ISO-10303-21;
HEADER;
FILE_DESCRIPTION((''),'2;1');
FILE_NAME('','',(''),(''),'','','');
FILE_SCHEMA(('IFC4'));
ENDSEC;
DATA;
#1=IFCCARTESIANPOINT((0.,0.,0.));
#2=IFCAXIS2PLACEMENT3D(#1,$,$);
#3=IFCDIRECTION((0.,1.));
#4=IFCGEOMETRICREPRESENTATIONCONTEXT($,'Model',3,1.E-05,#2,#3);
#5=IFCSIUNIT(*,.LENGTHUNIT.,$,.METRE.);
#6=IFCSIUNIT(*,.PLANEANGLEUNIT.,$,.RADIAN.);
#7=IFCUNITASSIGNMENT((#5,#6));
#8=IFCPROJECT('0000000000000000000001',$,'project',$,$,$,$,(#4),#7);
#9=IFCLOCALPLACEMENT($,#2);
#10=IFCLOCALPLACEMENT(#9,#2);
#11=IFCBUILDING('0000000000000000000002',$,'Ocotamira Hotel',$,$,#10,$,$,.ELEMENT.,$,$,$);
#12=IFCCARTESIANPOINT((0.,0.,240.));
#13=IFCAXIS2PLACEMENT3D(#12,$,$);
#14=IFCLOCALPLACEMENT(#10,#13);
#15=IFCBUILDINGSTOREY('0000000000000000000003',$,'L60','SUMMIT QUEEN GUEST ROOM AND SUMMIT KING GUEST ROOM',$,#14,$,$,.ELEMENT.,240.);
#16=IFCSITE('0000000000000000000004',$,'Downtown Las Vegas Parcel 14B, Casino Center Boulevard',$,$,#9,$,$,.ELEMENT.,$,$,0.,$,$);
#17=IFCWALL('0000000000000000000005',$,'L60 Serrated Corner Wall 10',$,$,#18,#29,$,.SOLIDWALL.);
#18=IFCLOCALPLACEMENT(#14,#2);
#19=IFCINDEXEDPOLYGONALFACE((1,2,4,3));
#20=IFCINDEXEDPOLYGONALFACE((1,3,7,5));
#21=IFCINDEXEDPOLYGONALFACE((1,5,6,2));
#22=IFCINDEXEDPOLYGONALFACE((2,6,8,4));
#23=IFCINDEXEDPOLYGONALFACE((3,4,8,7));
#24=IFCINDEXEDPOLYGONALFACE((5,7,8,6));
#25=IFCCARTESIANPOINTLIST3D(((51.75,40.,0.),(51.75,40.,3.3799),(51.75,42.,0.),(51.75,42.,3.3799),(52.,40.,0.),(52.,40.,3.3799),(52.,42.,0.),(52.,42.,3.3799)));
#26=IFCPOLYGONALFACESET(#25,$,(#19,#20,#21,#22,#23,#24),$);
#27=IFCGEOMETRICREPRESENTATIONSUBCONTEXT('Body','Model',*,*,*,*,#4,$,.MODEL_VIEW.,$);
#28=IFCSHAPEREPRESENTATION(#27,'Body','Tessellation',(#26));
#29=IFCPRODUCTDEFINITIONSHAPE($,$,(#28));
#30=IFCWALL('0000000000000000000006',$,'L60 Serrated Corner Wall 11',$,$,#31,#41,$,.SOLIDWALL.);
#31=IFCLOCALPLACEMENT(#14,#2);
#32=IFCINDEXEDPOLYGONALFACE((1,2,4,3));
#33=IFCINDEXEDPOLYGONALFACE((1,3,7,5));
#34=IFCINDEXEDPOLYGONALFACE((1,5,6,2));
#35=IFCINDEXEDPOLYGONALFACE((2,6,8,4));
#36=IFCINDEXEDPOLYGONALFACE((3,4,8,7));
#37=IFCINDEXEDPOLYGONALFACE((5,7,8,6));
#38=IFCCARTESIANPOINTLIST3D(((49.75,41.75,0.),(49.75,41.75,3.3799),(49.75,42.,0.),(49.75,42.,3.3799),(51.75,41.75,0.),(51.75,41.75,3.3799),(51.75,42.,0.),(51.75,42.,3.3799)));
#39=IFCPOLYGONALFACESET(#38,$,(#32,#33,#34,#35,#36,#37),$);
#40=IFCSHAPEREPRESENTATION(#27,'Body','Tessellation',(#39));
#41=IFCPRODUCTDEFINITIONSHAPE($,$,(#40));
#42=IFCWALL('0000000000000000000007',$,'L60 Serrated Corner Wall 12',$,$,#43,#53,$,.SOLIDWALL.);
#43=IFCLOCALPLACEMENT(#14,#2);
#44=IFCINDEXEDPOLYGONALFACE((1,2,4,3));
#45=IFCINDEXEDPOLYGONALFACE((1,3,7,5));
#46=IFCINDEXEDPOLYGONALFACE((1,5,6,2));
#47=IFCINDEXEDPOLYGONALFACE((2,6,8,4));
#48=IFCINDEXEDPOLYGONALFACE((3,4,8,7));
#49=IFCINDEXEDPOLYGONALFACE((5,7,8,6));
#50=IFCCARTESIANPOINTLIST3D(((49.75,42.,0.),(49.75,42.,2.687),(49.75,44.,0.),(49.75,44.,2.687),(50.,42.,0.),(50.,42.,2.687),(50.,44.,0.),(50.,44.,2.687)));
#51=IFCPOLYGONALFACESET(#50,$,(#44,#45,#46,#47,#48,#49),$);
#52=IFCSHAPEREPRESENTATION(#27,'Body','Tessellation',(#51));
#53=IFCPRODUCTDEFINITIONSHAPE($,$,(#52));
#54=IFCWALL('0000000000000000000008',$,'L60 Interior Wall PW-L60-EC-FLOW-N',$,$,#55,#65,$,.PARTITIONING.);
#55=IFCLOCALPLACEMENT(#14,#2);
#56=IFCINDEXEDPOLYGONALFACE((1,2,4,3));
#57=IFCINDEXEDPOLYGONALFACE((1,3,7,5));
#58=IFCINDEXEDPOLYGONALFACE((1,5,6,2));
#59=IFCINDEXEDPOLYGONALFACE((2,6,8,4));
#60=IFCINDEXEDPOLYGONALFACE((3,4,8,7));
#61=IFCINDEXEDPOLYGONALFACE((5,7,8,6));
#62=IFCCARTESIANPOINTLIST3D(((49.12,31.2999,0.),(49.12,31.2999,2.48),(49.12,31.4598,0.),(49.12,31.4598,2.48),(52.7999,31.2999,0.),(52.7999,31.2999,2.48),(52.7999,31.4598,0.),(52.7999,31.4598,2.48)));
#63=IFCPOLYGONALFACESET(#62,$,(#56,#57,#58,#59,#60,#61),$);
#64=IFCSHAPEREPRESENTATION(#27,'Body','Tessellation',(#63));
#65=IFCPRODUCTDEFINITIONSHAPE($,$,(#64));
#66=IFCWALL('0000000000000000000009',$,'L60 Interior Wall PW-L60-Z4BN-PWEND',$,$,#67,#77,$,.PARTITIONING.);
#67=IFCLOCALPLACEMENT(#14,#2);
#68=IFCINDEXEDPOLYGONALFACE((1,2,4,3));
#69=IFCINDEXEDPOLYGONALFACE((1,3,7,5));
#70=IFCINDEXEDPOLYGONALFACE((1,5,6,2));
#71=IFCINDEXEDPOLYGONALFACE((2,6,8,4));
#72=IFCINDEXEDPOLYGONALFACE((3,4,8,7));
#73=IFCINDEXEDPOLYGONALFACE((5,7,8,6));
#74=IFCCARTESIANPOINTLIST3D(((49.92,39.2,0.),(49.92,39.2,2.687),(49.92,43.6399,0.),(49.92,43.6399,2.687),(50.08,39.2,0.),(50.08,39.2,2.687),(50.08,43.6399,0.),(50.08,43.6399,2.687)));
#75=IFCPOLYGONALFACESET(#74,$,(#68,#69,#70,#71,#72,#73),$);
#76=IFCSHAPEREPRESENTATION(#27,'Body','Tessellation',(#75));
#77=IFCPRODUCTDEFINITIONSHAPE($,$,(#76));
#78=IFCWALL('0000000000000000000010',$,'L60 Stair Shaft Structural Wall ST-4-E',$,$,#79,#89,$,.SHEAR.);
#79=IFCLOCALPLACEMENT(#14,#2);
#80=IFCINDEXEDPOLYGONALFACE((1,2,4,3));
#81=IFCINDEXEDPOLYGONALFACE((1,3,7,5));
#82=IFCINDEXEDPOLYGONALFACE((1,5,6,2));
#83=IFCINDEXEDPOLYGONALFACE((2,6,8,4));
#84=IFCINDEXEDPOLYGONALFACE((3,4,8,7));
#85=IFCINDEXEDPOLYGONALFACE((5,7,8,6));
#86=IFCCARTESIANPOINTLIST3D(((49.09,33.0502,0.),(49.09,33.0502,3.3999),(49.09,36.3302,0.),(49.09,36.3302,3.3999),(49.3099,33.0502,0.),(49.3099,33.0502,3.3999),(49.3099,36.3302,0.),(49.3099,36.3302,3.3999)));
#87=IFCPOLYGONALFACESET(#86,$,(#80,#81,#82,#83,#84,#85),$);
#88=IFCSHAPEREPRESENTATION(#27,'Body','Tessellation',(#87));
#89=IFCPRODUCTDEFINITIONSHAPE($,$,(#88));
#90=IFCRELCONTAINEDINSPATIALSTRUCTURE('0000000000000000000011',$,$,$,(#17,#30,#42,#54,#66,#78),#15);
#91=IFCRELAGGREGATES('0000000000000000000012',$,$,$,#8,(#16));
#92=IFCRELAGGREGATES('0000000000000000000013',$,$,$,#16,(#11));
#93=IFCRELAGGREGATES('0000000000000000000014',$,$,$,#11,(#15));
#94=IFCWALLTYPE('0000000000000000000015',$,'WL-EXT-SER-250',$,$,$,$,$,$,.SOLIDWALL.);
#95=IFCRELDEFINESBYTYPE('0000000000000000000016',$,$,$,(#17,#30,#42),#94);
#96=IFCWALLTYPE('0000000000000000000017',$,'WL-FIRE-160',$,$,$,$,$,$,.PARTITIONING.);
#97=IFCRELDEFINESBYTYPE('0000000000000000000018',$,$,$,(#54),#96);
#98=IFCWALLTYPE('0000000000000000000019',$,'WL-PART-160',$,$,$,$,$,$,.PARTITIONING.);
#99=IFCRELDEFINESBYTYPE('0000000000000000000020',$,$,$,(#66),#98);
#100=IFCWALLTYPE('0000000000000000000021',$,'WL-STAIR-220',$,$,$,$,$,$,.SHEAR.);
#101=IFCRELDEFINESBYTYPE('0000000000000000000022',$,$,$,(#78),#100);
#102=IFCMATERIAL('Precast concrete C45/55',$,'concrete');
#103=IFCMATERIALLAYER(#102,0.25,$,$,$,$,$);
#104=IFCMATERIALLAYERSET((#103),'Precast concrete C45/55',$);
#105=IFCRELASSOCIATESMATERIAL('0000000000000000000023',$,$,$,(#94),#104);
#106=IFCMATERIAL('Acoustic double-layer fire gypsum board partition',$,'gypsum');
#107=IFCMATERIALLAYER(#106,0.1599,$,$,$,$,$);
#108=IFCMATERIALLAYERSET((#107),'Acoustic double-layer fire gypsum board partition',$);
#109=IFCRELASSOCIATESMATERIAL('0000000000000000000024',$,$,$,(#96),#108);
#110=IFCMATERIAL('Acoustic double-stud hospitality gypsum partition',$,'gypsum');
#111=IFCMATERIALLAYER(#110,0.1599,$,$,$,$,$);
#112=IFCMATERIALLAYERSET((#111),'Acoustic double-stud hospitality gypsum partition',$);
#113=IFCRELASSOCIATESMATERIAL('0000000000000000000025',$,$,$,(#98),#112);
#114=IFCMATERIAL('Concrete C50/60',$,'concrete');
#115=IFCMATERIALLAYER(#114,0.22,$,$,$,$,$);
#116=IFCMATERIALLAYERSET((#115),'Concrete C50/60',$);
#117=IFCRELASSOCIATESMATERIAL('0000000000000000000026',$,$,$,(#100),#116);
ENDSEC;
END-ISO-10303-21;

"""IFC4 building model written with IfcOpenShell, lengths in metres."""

from ifc_helpers import new_model, si_unit, direction, frame, frame_2d, origin, place, context, subcontext, project, spatial, rectangle, extrude, material, layer, layer_set, type_object, element, save


model = new_model("IFC4")

# Units and contexts
model_context = context("Model", 3, precision=1e-05, world=origin(), true_north=direction((0.0, 1.0)))
body_context = subcontext(model_context, "Body", "Model", "MODEL_VIEW")
ifc_project = project(units=[si_unit("LENGTHUNIT", "METRE"), si_unit("PLANEANGLEUNIT", "RADIAN")], contexts=[model_context])

# Site, building, storey
site_placement = place(None, origin())
site = spatial("IfcSite", under=ifc_project, at=site_placement, Name="Downtown Las Vegas Parcel 14B, Casino Center Boulevard", CompositionType="ELEMENT", RefElevation=0.0)
building_placement = place(site_placement, origin())
building = spatial("IfcBuilding", under=site, at=building_placement, Name="Ocotamira Hotel", CompositionType="ELEMENT")
storey_placement = place(building_placement, frame((0.0, 0.0, 240.0)))
storey = spatial("IfcBuildingStorey", under=building, at=storey_placement, Name="L60", Description="SUMMIT QUEEN GUEST ROOM AND SUMMIT KING GUEST ROOM", CompositionType="ELEMENT", Elevation=240.0)

# Walls
ifc_material_1 = material(Name="Precast concrete C45/55", Category="concrete")
ifc_layer_1 = layer(ifc_material_1, 0.25)
ifc_layer_set_1 = layer_set([ifc_layer_1], Name="Precast concrete C45/55")
wall_type_1 = type_object("IfcWallType", Name="WL-EXT-SER-250", PredefinedType="SOLIDWALL", material=ifc_layer_set_1)
for number, where, z_axis, x_axis, name in (
    (1, (51.875, 40.0, 0.0), (0.0, 0.0, 1.0), (0.0, 1.0, 0.0), "L60 Serrated Corner Wall 10"),
    (2, (51.75, 41.875, 0.0), (0.0, 0.0, 1.0), (-1.0, 0.0, 0.0), "L60 Serrated Corner Wall 11"),
):
    element("IfcWall", number, at=place(storey_placement, frame(where, z_axis=z_axis, x_axis=x_axis)), inside=storey, type_object=wall_type_1, Name=name, PredefinedType="SOLIDWALL", context=body_context, shape_type="SweptSolid", body=[
        extrude(rectangle(XDim=2.0, YDim=0.25, at=frame_2d((1.0, 0.0))), origin(), (0.0, 0.0, 1.0), 3.3799),
    ])
wall_1_placement = place(storey_placement, frame((49.875, 42.0, 0.0), z_axis=(0.0, 0.0, 1.0), x_axis=(0.0, 1.0, 0.0)))
element("IfcWall", 3, at=wall_1_placement, inside=storey, type_object=wall_type_1, Name="L60 Serrated Corner Wall 12", PredefinedType="SOLIDWALL", context=body_context, shape_type="SweptSolid", body=[
    extrude(rectangle(XDim=2.0, YDim=0.25, at=frame_2d((1.0, 0.0))), origin(), (0.0, 0.0, 1.0), 2.687),
])
ifc_material_2 = material(Name="Acoustic double-layer fire gypsum board partition", Category="gypsum")
ifc_layer_2 = layer(ifc_material_2, 0.1599)
ifc_layer_set_2 = layer_set([ifc_layer_2], Name="Acoustic double-layer fire gypsum board partition")
wall_type_2 = type_object("IfcWallType", Name="WL-FIRE-160", PredefinedType="PARTITIONING", material=ifc_layer_set_2)
wall_2_placement = place(storey_placement, frame((49.1201, 31.3799, 0.0), z_axis=(0.0, 0.0, 1.0), x_axis=(1.0, 0.0, 0.0)))
element("IfcWall", 4, at=wall_2_placement, inside=storey, type_object=wall_type_2, Name="L60 Interior Wall PW-L60-EC-FLOW-N", PredefinedType="PARTITIONING", context=body_context, shape_type="SweptSolid", body=[
    extrude(rectangle(XDim=3.6799, YDim=0.1599, at=frame_2d((1.8398, 0.0))), origin(), (0.0, 0.0, 1.0), 2.48),
])

# Walls
ifc_material_3 = material(Name="Acoustic double-stud hospitality gypsum partition", Category="gypsum")
ifc_layer_3 = layer(ifc_material_3, 0.1599)
ifc_layer_set_3 = layer_set([ifc_layer_3], Name="Acoustic double-stud hospitality gypsum partition")
wall_type_3 = type_object("IfcWallType", Name="WL-PART-160", PredefinedType="PARTITIONING", material=ifc_layer_set_3)
wall_3_placement = place(storey_placement, frame((50.0, 39.2, 0.0), z_axis=(0.0, 0.0, 1.0), x_axis=(0.0, 1.0, 0.0)))
element("IfcWall", 5, at=wall_3_placement, inside=storey, type_object=wall_type_3, Name="L60 Interior Wall PW-L60-Z4BN-PWEND", PredefinedType="PARTITIONING", context=body_context, shape_type="SweptSolid", body=[
    extrude(rectangle(XDim=4.4399, YDim=0.1599, at=frame_2d((2.22, 0.0))), origin(), (0.0, 0.0, 1.0), 2.687),
])
ifc_material_4 = material(Name="Concrete C50/60", Category="concrete")
ifc_layer_4 = layer(ifc_material_4, 0.22)
ifc_layer_set_4 = layer_set([ifc_layer_4], Name="Concrete C50/60")
wall_type_4 = type_object("IfcWallType", Name="WL-STAIR-220", PredefinedType="SHEAR", material=ifc_layer_set_4)
wall_4_placement = place(storey_placement, frame((49.2, 33.05, 0.0), z_axis=(0.0, 0.0, 1.0), x_axis=(0.0, 1.0, 0.0)))
element("IfcWall", 6, at=wall_4_placement, inside=storey, type_object=wall_type_4, Name="L60 Stair Shaft Structural Wall ST-4-E", PredefinedType="SHEAR", context=body_context, shape_type="SweptSolid", body=[
    extrude(rectangle(XDim=3.28, YDim=0.22, at=frame_2d((1.6401, 0.0))), origin(), (0.0, 0.0, 1.0), 3.3999),
])

save(model, "model.ifc")
